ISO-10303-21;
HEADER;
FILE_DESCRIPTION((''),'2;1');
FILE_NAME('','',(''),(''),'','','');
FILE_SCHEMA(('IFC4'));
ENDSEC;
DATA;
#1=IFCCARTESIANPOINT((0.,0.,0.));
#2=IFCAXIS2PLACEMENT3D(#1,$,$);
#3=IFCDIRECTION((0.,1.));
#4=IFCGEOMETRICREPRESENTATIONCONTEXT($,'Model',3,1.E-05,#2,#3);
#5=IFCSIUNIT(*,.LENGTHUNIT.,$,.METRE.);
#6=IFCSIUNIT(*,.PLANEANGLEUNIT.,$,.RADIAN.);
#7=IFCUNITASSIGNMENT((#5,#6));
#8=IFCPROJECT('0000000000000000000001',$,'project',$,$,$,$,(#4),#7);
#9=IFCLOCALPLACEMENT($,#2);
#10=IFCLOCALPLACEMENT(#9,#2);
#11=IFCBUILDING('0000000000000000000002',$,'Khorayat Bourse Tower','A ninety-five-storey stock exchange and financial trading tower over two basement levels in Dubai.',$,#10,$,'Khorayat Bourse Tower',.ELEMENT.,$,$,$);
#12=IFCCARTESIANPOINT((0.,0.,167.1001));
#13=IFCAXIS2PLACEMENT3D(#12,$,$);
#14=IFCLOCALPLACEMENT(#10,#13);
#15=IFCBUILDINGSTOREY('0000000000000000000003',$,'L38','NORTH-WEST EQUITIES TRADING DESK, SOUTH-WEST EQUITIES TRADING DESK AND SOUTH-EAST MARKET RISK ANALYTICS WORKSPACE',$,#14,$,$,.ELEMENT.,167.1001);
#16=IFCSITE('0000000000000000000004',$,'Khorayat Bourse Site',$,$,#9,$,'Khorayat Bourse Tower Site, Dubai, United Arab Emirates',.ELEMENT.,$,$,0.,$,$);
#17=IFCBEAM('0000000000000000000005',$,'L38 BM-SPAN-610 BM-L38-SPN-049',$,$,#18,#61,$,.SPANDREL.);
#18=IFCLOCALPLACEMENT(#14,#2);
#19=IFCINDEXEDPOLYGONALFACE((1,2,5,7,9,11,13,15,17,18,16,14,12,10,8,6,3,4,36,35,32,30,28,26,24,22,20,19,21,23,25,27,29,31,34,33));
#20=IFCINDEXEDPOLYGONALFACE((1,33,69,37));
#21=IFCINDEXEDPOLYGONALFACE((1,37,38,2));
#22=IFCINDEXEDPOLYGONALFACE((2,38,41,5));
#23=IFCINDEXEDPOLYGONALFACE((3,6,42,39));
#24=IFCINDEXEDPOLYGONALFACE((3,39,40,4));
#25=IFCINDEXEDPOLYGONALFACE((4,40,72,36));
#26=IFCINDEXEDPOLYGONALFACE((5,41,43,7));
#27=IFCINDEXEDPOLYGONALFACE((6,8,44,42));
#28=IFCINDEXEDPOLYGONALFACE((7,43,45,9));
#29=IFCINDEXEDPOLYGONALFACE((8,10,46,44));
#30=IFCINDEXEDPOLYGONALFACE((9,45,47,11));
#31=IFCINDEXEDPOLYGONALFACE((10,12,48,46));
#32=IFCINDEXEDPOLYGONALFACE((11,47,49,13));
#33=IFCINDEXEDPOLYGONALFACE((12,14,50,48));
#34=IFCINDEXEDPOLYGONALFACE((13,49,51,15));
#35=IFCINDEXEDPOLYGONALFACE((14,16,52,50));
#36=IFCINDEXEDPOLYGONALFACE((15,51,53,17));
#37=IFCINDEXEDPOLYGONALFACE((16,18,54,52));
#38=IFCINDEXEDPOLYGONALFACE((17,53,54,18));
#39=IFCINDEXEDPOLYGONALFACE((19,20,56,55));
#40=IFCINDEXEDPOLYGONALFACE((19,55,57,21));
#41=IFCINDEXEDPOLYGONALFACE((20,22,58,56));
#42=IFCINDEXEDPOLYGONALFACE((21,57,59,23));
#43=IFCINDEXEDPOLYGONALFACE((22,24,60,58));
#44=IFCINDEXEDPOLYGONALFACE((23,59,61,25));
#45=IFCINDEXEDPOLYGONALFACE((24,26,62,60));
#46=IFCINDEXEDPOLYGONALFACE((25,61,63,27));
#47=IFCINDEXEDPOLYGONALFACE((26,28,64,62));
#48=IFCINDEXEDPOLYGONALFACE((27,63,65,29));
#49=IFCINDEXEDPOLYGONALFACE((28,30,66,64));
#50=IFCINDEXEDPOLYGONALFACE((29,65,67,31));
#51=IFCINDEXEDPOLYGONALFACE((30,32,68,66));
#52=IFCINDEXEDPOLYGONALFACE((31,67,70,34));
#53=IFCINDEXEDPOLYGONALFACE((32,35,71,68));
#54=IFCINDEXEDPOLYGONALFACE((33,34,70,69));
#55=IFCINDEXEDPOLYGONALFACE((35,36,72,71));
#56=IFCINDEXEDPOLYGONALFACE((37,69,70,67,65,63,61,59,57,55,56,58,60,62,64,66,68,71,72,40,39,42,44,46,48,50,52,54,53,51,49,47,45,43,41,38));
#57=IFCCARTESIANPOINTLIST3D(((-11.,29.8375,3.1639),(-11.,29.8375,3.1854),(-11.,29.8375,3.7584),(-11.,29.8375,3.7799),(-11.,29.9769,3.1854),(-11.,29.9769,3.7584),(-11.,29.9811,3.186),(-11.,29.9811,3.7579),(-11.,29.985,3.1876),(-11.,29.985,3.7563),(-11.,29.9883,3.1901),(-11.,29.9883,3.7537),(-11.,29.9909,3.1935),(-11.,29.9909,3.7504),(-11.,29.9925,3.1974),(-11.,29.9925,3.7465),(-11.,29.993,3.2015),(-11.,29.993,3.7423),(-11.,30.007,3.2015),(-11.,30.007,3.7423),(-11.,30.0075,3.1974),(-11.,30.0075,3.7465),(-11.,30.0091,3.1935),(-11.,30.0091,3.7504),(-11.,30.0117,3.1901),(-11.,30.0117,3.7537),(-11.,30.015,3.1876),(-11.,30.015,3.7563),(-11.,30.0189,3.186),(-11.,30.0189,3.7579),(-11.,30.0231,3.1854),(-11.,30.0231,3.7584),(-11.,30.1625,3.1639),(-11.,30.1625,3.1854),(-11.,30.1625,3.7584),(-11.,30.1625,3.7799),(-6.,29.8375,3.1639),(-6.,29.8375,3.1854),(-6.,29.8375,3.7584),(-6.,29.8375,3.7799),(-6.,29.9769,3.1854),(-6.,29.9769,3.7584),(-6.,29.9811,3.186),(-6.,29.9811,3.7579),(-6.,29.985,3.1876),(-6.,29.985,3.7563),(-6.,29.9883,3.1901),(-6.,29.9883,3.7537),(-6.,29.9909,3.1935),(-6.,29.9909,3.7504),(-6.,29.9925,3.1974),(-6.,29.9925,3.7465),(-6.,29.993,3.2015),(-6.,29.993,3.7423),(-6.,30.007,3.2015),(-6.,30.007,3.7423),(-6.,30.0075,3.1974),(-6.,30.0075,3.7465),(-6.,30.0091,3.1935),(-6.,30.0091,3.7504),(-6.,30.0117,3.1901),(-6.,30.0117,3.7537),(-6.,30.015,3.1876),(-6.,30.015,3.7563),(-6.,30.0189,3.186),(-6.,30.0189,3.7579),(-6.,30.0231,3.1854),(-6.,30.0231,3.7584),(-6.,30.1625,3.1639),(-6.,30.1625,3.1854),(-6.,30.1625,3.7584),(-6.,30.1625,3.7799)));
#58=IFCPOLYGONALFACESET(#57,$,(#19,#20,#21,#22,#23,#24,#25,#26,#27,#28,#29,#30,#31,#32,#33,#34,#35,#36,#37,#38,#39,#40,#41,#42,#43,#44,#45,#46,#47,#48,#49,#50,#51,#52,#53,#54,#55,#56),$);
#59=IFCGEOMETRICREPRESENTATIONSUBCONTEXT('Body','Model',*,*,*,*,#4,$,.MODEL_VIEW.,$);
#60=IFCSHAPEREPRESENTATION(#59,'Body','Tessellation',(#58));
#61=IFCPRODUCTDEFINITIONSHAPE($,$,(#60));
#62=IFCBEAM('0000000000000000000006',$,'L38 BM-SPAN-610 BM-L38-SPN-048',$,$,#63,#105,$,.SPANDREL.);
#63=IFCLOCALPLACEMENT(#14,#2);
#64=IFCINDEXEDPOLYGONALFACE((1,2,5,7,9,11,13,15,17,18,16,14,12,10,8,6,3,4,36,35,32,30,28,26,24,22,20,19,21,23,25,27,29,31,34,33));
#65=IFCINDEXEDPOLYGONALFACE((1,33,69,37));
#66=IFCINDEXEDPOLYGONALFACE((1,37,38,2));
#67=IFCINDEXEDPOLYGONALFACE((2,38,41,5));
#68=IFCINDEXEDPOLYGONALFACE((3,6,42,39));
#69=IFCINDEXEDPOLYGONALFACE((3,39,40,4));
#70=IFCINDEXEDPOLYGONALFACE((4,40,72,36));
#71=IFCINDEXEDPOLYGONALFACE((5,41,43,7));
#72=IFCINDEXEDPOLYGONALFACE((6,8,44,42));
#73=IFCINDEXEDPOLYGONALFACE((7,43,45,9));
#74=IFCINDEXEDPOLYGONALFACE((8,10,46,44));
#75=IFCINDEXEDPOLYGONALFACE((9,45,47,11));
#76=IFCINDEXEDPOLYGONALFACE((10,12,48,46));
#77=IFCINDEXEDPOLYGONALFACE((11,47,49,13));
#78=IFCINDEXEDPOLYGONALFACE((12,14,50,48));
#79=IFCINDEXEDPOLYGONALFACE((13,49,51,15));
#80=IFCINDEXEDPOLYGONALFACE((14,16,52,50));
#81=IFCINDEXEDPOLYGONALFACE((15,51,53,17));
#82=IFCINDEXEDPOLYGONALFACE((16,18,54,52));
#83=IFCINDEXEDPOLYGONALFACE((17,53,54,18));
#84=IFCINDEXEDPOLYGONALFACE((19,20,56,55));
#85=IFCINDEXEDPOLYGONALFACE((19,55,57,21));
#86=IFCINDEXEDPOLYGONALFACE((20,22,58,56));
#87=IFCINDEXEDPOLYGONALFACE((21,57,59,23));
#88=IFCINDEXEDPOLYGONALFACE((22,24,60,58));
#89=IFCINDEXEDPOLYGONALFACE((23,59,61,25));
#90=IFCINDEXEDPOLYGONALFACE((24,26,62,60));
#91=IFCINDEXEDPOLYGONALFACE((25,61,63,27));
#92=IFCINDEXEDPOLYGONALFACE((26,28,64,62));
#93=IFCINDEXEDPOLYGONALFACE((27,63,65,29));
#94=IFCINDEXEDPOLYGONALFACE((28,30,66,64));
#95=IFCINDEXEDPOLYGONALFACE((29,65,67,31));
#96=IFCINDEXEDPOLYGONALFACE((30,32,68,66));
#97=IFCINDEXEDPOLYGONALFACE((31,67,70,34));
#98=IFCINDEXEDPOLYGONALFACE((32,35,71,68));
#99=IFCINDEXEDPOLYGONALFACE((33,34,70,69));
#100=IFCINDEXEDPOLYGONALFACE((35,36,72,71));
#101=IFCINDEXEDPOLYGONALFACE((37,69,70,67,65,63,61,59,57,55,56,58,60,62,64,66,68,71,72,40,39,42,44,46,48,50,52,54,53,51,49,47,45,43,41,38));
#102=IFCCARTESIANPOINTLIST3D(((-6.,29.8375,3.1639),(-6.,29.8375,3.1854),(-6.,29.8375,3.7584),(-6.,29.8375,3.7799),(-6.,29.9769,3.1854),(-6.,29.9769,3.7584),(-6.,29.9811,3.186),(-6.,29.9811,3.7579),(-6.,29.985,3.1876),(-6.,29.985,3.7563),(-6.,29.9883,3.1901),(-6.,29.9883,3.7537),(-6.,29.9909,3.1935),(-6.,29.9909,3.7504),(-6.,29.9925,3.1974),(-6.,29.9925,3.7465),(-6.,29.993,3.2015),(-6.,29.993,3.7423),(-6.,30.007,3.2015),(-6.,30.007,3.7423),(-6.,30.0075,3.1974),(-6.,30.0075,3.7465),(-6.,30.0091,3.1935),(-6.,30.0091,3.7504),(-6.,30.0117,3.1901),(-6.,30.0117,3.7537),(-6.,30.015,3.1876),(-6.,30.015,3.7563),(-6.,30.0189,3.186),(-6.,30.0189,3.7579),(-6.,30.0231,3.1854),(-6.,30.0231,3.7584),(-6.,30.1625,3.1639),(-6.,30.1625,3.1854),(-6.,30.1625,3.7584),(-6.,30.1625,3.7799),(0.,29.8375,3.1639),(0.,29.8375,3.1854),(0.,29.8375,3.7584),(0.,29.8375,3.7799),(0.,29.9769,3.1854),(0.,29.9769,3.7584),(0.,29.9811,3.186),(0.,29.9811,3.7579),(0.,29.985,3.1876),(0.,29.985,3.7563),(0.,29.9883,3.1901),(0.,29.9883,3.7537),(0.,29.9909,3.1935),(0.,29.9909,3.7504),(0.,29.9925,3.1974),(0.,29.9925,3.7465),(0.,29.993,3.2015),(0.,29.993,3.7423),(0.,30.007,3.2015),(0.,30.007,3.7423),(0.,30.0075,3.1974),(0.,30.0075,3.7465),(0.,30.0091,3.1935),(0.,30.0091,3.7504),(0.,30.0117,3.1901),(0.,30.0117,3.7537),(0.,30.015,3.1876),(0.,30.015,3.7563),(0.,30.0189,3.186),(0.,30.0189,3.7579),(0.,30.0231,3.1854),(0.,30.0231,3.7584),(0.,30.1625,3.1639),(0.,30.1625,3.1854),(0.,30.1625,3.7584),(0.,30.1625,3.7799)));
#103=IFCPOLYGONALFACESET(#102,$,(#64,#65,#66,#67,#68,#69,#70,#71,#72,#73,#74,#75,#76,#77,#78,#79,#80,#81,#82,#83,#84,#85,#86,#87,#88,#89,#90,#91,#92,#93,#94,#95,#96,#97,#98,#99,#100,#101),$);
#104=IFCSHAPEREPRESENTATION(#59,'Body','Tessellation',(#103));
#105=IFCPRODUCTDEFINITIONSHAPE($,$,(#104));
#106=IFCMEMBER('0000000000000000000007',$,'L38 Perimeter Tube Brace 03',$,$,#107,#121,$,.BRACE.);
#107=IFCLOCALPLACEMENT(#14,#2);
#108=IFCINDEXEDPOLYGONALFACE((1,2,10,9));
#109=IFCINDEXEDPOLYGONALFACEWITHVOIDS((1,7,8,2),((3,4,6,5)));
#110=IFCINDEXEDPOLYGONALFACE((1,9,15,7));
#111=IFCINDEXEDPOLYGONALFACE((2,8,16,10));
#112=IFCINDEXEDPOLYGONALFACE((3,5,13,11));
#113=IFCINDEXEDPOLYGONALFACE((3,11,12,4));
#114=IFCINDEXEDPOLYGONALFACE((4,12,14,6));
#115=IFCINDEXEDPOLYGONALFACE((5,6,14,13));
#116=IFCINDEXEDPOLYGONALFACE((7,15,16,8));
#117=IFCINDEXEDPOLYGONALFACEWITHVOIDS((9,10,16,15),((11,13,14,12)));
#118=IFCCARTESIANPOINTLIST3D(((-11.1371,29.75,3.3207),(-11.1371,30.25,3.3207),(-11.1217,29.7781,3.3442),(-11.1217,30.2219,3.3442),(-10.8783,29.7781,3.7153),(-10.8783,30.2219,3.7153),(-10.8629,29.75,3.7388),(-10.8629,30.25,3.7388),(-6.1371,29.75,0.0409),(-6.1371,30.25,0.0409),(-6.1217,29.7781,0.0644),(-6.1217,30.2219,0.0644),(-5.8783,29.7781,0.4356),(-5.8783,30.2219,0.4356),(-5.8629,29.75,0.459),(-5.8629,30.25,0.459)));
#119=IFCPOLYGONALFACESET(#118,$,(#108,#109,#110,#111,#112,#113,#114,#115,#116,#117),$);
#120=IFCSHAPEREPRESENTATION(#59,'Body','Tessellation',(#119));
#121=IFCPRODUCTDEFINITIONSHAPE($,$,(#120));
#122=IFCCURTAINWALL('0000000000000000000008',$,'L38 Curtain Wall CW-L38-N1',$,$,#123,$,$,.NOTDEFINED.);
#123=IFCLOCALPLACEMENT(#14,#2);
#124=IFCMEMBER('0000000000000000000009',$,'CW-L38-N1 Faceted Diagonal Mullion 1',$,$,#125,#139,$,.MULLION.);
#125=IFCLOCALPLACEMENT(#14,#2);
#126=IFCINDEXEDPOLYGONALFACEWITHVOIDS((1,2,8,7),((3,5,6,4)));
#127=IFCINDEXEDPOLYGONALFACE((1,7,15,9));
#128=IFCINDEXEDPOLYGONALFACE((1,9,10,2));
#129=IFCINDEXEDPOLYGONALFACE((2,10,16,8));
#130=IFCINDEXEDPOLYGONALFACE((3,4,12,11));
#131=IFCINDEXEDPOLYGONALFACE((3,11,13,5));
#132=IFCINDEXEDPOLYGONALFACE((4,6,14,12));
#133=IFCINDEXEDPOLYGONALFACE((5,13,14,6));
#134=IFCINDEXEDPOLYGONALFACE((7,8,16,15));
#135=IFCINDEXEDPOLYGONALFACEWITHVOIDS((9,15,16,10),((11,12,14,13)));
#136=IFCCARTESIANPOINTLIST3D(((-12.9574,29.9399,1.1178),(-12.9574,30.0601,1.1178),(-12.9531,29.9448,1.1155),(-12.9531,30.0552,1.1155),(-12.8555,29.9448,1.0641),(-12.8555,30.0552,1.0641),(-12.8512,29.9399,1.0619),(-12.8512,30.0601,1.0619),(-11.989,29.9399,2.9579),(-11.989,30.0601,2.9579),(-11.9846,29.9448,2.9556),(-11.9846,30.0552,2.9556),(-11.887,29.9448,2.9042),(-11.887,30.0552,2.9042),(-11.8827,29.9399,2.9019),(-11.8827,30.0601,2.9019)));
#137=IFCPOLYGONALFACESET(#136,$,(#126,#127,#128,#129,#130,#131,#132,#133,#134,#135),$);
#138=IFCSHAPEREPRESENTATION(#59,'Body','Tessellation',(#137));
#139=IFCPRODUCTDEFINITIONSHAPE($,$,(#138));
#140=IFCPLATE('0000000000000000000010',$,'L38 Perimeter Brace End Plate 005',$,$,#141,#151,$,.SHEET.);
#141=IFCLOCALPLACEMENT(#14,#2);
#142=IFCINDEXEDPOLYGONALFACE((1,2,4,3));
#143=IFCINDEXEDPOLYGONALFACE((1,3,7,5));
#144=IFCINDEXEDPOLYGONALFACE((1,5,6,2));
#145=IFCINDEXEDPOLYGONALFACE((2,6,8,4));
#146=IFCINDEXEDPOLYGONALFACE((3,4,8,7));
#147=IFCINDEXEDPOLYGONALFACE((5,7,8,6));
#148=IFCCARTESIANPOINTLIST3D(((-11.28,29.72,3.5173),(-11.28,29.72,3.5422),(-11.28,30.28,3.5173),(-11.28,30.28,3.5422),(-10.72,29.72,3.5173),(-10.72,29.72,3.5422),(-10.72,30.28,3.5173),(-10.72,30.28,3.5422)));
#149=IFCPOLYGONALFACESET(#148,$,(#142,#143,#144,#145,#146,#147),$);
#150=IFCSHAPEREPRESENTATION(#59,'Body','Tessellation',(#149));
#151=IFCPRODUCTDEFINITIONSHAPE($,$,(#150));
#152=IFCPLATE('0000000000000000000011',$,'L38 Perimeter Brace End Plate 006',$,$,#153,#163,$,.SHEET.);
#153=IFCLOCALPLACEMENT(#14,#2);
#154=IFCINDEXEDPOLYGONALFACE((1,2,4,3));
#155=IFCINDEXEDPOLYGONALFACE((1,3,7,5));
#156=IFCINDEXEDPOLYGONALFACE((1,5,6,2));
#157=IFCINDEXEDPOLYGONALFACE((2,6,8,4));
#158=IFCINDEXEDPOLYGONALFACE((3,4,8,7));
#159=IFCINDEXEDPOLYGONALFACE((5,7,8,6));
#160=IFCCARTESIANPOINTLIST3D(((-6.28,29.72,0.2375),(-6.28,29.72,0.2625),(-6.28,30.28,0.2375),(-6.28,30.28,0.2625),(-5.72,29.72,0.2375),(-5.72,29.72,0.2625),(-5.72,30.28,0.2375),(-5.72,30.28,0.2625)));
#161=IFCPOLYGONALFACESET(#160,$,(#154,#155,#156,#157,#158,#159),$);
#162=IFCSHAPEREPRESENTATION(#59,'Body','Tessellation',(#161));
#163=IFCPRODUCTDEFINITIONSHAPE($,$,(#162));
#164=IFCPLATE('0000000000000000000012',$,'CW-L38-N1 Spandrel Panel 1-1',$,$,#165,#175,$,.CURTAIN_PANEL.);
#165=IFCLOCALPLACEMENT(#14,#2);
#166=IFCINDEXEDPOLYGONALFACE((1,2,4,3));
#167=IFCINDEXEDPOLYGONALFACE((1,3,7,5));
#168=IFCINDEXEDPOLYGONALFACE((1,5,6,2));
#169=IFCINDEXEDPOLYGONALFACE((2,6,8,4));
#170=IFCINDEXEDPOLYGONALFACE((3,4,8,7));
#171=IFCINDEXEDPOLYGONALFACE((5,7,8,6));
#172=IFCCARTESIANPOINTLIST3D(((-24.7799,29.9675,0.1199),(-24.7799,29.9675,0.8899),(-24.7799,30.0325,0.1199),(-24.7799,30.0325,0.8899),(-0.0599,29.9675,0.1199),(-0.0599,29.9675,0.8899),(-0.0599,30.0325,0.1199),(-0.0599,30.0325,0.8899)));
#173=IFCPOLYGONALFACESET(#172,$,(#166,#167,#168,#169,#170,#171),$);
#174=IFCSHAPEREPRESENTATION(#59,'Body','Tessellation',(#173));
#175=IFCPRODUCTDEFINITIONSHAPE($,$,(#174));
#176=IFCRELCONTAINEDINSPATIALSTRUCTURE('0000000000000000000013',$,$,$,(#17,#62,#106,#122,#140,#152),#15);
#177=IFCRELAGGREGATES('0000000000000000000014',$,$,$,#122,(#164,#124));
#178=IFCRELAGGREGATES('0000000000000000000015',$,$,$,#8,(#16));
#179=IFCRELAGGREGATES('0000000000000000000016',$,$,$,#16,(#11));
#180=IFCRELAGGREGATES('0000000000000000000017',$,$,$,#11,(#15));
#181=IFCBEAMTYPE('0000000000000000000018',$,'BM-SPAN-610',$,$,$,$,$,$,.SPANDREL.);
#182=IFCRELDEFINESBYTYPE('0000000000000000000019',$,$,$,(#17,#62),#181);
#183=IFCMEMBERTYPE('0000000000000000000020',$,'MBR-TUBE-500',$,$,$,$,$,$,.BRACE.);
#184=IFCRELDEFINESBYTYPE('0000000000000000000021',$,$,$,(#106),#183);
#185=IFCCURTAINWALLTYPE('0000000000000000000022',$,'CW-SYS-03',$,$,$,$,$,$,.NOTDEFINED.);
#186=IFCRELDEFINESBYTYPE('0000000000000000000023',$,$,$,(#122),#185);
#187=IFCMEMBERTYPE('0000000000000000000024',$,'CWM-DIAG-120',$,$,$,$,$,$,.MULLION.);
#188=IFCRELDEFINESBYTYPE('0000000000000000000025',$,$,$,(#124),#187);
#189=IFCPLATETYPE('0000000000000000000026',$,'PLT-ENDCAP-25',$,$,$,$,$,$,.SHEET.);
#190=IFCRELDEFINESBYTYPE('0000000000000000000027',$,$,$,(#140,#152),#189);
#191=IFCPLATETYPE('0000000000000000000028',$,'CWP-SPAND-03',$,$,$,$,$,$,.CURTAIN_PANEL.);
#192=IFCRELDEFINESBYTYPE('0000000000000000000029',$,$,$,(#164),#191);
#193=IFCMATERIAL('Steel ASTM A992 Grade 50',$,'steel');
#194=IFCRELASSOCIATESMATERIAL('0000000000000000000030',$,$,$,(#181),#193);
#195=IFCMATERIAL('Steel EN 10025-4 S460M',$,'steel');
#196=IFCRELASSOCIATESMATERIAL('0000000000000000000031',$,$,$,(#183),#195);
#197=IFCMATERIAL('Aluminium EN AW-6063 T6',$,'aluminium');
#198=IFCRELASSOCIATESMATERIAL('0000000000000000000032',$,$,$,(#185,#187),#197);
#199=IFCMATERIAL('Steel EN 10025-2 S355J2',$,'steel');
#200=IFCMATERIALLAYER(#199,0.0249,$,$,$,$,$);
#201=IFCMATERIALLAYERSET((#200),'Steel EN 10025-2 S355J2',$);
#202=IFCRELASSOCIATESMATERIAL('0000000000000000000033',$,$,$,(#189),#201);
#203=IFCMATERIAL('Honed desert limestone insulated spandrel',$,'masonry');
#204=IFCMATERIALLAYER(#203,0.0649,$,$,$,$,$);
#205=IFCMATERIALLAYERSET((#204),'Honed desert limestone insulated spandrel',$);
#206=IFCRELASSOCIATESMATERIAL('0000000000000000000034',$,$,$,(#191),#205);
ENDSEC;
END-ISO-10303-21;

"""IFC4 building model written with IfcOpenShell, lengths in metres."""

from ifc_helpers import new_model, si_unit, direction, frame, origin, origin_2d, place, context, subcontext, project, spatial, rectangle, hollow_rectangle, i_section, extrude, source, transform, mapped, material, layer, layer_set, material_profile, profile_set, type_object, element, aggregate, save


model = new_model("IFC4")

# Units and contexts
model_context = context("Model", 3, precision=1e-05, world=origin(), true_north=direction((0.0, 1.0)))
body_context = subcontext(model_context, "Body", "Model", "MODEL_VIEW")
ifc_project = project(units=[si_unit("LENGTHUNIT", "METRE"), si_unit("PLANEANGLEUNIT", "RADIAN")], contexts=[model_context])

# Site, building, storey
site_placement = place(None, origin())
site = spatial("IfcSite", under=ifc_project, at=site_placement, Name="Khorayat Bourse Site", LongName="Khorayat Bourse Tower Site, Dubai, United Arab Emirates", CompositionType="ELEMENT", RefElevation=0.0)
building_placement = place(site_placement, origin())
building = spatial("IfcBuilding", under=site, at=building_placement, Name="Khorayat Bourse Tower", Description="A ninety-five-storey stock exchange and financial trading tower over two basement levels in Dubai.", LongName="Khorayat Bourse Tower", CompositionType="ELEMENT")
storey_placement = place(building_placement, frame((0.0, 0.0, 167.1001)))
storey = spatial("IfcBuildingStorey", under=building, at=storey_placement, Name="L38", Description="NORTH-WEST EQUITIES TRADING DESK, SOUTH-WEST EQUITIES TRADING DESK AND SOUTH-EAST MARKET RISK ANALYTICS WORKSPACE", CompositionType="ELEMENT", Elevation=167.1001)

# Shared definitions
ifc_material_1 = material(Name="Steel EN 10025-4 S460M", Category="steel")

# Beams
ifc_material_2 = material(Name="Steel ASTM A992 Grade 50", Category="steel")
ifc_material_profile_1 = material_profile(ifc_material_2, i_section(OverallWidth=0.325, OverallDepth=0.616, WebThickness=0.0139, FlangeThickness=0.0215, FilletRadius=0.0161, at=origin_2d()), Name="W610X174")
ifc_profile_set_1 = profile_set([ifc_material_profile_1], Name="Steel ASTM A992 Grade 50")
beam_type_1 = type_object("IfcBeamType", Name="BM-SPAN-610", PredefinedType="SPANDREL", material=ifc_profile_set_1)
shared_shape_1 = source(origin(), body_context, "Body", "SweptSolid", [
    extrude(i_section(OverallWidth=0.325, OverallDepth=0.616, WebThickness=0.0139, FlangeThickness=0.0215, FilletRadius=0.0161, at=origin_2d()), origin(), (0.0, 0.0, 1.0), 5.0),
])
beam_1_placement = place(storey_placement, frame((-11.0, 30.0, 3.4719), z_axis=(1.0, 0.0, 0.0), x_axis=(0.0, 1.0, 0.0)))
element("IfcBeam", 1, at=beam_1_placement, inside=storey, type_object=beam_type_1, Name="L38 BM-SPAN-610 BM-L38-SPN-049", PredefinedType="SPANDREL", context=body_context, shape_type="MappedRepresentation", body=[
    mapped(shared_shape_1, transform((0.0, 0.0, 0.0), scale=1.0)),
])
shared_shape_2 = source(origin(), body_context, "Body", "SweptSolid", [
    extrude(i_section(OverallWidth=0.325, OverallDepth=0.616, WebThickness=0.0139, FlangeThickness=0.0215, FilletRadius=0.0161, at=origin_2d()), origin(), (0.0, 0.0, 1.0), 6.0),
])
beam_2_placement = place(storey_placement, frame((-6.0, 30.0, 3.4719), z_axis=(1.0, 0.0, 0.0), x_axis=(0.0, 1.0, 0.0)))
element("IfcBeam", 2, at=beam_2_placement, inside=storey, type_object=beam_type_1, Name="L38 BM-SPAN-610 BM-L38-SPN-048", PredefinedType="SPANDREL", context=body_context, shape_type="MappedRepresentation", body=[
    mapped(shared_shape_2, transform((0.0, 0.0, 0.0), scale=1.0)),
])

# Member
ifc_material_profile_2 = material_profile(ifc_material_1, hollow_rectangle(XDim=0.5, YDim=0.5, WallThickness=0.0281, at=origin_2d()), Name="HSS 500x500x28")
ifc_profile_set_2 = profile_set([ifc_material_profile_2], Name="Steel EN 10025-4 S460M")
member_type_1 = type_object("IfcMemberType", Name="MBR-TUBE-500", PredefinedType="BRACE", material=ifc_profile_set_2)
shared_shape_3 = source(origin(), body_context, "Body", "SweptSolid", [
    extrude(hollow_rectangle(XDim=0.5, YDim=0.5, WallThickness=0.0281, at=origin_2d()), origin(), (0.0, 0.0, 1.0), 5.9797),
])
member_1_placement = place(storey_placement, frame((-11.0, 30.0, 3.5298), z_axis=(0.83616, 0.0, -0.548485), x_axis=(0.0, 1.0, 0.0)))
element("IfcMember", 3, at=member_1_placement, inside=storey, type_object=member_type_1, Name="L38 Perimeter Tube Brace 03", PredefinedType="BRACE", context=body_context, shape_type="MappedRepresentation", body=[
    mapped(shared_shape_3, transform((0.0, 0.0, 0.0), scale=1.0)),
])

# Curtain wall, member
ifc_material_3 = material(Name="Aluminium EN AW-6063 T6", Category="aluminium")
curtain_wall_type = type_object("IfcCurtainWallType", Name="CW-SYS-03", PredefinedType="NOTDEFINED", material=ifc_material_3)
curtain_wall_placement = place(storey_placement, origin())
curtain_wall = element("IfcCurtainWall", 4, at=curtain_wall_placement, inside=storey, type_object=curtain_wall_type, Name="L38 Curtain Wall CW-L38-N1", PredefinedType="NOTDEFINED")
ifc_material_profile_3 = material_profile(ifc_material_3, hollow_rectangle(XDim=0.1201, YDim=0.1201, WallThickness=0.0049, at=origin_2d()), Name="ALU 120x120x5")
ifc_profile_set_3 = profile_set([ifc_material_profile_3], Name="Aluminium EN AW-6063 T6")
member_type_2 = type_object("IfcMemberType", Name="CWM-DIAG-120", PredefinedType="MULLION", material=ifc_profile_set_3)
shared_shape_4 = source(origin(), body_context, "Body", "SweptSolid", [
    extrude(hollow_rectangle(XDim=0.1201, YDim=0.1201, WallThickness=0.0049, at=origin_2d()), origin(), (0.0, 0.0, 1.0), 2.0793),
])
member_2_placement = place(storey_placement, frame((-12.9043, 30.0, 1.0898), z_axis=(0.465761, 0.0, 0.884911), x_axis=(0.0, 1.0, 0.0)))
member_2 = element("IfcMember", 5, at=member_2_placement, type_object=member_type_2, Name="CW-L38-N1 Faceted Diagonal Mullion 1", PredefinedType="MULLION", context=body_context, shape_type="MappedRepresentation", body=[
    mapped(shared_shape_4, transform((0.0, 0.0, 0.0), scale=1.0)),
])

# Plates
ifc_material_4 = material(Name="Steel EN 10025-2 S355J2", Category="steel")
ifc_layer_1 = layer(ifc_material_4, 0.0249)
ifc_layer_set_1 = layer_set([ifc_layer_1], Name="Steel EN 10025-2 S355J2")
plate_type_1 = type_object("IfcPlateType", Name="PLT-ENDCAP-25", PredefinedType="SHEET", material=ifc_layer_set_1)
shared_shape_5 = source(origin(), body_context, "Body", "SweptSolid", [
    extrude(rectangle(XDim=0.5601, YDim=0.5601, at=origin_2d()), origin(), (0.0, 0.0, 1.0), 0.0249),
])
for number, where, z_axis, x_axis, name in (
    (6, (-11.0, 30.0, 3.5173), (0.0, 0.0, 1.0), (1.0, 0.0, 0.0), "L38 Perimeter Brace End Plate 005"),
    (7, (-6.0, 30.0, 0.2375), (0.0, 0.0, 1.0), (1.0, 0.0, 0.0), "L38 Perimeter Brace End Plate 006"),
):
    element("IfcPlate", number, at=place(storey_placement, frame(where, z_axis=z_axis, x_axis=x_axis)), inside=storey, type_object=plate_type_1, Name=name, PredefinedType="SHEET", context=body_context, shape_type="MappedRepresentation", body=[
        mapped(shared_shape_5, transform((0.0, 0.0, 0.0), scale=1.0)),
    ])

# Plate
ifc_material_5 = material(Name="Honed desert limestone insulated spandrel", Category="masonry")
ifc_layer_2 = layer(ifc_material_5, 0.0649)
ifc_layer_set_2 = layer_set([ifc_layer_2], Name="Honed desert limestone insulated spandrel")
plate_type_2 = type_object("IfcPlateType", Name="CWP-SPAND-03", PredefinedType="CURTAIN_PANEL", material=ifc_layer_set_2)
shared_shape_6 = source(origin(), body_context, "Body", "SweptSolid", [
    extrude(rectangle(XDim=24.72, YDim=0.0649, at=origin_2d()), origin(), (0.0, 0.0, 1.0), 0.77),
])
plate_1_placement = place(storey_placement, frame((-12.4199, 30.0, 0.1199), z_axis=(0.0, 0.0, 1.0), x_axis=(1.0, 0.0, 0.0)))
plate_1 = element("IfcPlate", 8, at=plate_1_placement, type_object=plate_type_2, Name="CW-L38-N1 Spandrel Panel 1-1", PredefinedType="CURTAIN_PANEL", context=body_context, shape_type="MappedRepresentation", body=[
    mapped(shared_shape_6, transform((0.0, 0.0, 0.0), scale=1.0)),
])
aggregate(curtain_wall, [plate_1, member_2])

save(model, "model.ifc")
